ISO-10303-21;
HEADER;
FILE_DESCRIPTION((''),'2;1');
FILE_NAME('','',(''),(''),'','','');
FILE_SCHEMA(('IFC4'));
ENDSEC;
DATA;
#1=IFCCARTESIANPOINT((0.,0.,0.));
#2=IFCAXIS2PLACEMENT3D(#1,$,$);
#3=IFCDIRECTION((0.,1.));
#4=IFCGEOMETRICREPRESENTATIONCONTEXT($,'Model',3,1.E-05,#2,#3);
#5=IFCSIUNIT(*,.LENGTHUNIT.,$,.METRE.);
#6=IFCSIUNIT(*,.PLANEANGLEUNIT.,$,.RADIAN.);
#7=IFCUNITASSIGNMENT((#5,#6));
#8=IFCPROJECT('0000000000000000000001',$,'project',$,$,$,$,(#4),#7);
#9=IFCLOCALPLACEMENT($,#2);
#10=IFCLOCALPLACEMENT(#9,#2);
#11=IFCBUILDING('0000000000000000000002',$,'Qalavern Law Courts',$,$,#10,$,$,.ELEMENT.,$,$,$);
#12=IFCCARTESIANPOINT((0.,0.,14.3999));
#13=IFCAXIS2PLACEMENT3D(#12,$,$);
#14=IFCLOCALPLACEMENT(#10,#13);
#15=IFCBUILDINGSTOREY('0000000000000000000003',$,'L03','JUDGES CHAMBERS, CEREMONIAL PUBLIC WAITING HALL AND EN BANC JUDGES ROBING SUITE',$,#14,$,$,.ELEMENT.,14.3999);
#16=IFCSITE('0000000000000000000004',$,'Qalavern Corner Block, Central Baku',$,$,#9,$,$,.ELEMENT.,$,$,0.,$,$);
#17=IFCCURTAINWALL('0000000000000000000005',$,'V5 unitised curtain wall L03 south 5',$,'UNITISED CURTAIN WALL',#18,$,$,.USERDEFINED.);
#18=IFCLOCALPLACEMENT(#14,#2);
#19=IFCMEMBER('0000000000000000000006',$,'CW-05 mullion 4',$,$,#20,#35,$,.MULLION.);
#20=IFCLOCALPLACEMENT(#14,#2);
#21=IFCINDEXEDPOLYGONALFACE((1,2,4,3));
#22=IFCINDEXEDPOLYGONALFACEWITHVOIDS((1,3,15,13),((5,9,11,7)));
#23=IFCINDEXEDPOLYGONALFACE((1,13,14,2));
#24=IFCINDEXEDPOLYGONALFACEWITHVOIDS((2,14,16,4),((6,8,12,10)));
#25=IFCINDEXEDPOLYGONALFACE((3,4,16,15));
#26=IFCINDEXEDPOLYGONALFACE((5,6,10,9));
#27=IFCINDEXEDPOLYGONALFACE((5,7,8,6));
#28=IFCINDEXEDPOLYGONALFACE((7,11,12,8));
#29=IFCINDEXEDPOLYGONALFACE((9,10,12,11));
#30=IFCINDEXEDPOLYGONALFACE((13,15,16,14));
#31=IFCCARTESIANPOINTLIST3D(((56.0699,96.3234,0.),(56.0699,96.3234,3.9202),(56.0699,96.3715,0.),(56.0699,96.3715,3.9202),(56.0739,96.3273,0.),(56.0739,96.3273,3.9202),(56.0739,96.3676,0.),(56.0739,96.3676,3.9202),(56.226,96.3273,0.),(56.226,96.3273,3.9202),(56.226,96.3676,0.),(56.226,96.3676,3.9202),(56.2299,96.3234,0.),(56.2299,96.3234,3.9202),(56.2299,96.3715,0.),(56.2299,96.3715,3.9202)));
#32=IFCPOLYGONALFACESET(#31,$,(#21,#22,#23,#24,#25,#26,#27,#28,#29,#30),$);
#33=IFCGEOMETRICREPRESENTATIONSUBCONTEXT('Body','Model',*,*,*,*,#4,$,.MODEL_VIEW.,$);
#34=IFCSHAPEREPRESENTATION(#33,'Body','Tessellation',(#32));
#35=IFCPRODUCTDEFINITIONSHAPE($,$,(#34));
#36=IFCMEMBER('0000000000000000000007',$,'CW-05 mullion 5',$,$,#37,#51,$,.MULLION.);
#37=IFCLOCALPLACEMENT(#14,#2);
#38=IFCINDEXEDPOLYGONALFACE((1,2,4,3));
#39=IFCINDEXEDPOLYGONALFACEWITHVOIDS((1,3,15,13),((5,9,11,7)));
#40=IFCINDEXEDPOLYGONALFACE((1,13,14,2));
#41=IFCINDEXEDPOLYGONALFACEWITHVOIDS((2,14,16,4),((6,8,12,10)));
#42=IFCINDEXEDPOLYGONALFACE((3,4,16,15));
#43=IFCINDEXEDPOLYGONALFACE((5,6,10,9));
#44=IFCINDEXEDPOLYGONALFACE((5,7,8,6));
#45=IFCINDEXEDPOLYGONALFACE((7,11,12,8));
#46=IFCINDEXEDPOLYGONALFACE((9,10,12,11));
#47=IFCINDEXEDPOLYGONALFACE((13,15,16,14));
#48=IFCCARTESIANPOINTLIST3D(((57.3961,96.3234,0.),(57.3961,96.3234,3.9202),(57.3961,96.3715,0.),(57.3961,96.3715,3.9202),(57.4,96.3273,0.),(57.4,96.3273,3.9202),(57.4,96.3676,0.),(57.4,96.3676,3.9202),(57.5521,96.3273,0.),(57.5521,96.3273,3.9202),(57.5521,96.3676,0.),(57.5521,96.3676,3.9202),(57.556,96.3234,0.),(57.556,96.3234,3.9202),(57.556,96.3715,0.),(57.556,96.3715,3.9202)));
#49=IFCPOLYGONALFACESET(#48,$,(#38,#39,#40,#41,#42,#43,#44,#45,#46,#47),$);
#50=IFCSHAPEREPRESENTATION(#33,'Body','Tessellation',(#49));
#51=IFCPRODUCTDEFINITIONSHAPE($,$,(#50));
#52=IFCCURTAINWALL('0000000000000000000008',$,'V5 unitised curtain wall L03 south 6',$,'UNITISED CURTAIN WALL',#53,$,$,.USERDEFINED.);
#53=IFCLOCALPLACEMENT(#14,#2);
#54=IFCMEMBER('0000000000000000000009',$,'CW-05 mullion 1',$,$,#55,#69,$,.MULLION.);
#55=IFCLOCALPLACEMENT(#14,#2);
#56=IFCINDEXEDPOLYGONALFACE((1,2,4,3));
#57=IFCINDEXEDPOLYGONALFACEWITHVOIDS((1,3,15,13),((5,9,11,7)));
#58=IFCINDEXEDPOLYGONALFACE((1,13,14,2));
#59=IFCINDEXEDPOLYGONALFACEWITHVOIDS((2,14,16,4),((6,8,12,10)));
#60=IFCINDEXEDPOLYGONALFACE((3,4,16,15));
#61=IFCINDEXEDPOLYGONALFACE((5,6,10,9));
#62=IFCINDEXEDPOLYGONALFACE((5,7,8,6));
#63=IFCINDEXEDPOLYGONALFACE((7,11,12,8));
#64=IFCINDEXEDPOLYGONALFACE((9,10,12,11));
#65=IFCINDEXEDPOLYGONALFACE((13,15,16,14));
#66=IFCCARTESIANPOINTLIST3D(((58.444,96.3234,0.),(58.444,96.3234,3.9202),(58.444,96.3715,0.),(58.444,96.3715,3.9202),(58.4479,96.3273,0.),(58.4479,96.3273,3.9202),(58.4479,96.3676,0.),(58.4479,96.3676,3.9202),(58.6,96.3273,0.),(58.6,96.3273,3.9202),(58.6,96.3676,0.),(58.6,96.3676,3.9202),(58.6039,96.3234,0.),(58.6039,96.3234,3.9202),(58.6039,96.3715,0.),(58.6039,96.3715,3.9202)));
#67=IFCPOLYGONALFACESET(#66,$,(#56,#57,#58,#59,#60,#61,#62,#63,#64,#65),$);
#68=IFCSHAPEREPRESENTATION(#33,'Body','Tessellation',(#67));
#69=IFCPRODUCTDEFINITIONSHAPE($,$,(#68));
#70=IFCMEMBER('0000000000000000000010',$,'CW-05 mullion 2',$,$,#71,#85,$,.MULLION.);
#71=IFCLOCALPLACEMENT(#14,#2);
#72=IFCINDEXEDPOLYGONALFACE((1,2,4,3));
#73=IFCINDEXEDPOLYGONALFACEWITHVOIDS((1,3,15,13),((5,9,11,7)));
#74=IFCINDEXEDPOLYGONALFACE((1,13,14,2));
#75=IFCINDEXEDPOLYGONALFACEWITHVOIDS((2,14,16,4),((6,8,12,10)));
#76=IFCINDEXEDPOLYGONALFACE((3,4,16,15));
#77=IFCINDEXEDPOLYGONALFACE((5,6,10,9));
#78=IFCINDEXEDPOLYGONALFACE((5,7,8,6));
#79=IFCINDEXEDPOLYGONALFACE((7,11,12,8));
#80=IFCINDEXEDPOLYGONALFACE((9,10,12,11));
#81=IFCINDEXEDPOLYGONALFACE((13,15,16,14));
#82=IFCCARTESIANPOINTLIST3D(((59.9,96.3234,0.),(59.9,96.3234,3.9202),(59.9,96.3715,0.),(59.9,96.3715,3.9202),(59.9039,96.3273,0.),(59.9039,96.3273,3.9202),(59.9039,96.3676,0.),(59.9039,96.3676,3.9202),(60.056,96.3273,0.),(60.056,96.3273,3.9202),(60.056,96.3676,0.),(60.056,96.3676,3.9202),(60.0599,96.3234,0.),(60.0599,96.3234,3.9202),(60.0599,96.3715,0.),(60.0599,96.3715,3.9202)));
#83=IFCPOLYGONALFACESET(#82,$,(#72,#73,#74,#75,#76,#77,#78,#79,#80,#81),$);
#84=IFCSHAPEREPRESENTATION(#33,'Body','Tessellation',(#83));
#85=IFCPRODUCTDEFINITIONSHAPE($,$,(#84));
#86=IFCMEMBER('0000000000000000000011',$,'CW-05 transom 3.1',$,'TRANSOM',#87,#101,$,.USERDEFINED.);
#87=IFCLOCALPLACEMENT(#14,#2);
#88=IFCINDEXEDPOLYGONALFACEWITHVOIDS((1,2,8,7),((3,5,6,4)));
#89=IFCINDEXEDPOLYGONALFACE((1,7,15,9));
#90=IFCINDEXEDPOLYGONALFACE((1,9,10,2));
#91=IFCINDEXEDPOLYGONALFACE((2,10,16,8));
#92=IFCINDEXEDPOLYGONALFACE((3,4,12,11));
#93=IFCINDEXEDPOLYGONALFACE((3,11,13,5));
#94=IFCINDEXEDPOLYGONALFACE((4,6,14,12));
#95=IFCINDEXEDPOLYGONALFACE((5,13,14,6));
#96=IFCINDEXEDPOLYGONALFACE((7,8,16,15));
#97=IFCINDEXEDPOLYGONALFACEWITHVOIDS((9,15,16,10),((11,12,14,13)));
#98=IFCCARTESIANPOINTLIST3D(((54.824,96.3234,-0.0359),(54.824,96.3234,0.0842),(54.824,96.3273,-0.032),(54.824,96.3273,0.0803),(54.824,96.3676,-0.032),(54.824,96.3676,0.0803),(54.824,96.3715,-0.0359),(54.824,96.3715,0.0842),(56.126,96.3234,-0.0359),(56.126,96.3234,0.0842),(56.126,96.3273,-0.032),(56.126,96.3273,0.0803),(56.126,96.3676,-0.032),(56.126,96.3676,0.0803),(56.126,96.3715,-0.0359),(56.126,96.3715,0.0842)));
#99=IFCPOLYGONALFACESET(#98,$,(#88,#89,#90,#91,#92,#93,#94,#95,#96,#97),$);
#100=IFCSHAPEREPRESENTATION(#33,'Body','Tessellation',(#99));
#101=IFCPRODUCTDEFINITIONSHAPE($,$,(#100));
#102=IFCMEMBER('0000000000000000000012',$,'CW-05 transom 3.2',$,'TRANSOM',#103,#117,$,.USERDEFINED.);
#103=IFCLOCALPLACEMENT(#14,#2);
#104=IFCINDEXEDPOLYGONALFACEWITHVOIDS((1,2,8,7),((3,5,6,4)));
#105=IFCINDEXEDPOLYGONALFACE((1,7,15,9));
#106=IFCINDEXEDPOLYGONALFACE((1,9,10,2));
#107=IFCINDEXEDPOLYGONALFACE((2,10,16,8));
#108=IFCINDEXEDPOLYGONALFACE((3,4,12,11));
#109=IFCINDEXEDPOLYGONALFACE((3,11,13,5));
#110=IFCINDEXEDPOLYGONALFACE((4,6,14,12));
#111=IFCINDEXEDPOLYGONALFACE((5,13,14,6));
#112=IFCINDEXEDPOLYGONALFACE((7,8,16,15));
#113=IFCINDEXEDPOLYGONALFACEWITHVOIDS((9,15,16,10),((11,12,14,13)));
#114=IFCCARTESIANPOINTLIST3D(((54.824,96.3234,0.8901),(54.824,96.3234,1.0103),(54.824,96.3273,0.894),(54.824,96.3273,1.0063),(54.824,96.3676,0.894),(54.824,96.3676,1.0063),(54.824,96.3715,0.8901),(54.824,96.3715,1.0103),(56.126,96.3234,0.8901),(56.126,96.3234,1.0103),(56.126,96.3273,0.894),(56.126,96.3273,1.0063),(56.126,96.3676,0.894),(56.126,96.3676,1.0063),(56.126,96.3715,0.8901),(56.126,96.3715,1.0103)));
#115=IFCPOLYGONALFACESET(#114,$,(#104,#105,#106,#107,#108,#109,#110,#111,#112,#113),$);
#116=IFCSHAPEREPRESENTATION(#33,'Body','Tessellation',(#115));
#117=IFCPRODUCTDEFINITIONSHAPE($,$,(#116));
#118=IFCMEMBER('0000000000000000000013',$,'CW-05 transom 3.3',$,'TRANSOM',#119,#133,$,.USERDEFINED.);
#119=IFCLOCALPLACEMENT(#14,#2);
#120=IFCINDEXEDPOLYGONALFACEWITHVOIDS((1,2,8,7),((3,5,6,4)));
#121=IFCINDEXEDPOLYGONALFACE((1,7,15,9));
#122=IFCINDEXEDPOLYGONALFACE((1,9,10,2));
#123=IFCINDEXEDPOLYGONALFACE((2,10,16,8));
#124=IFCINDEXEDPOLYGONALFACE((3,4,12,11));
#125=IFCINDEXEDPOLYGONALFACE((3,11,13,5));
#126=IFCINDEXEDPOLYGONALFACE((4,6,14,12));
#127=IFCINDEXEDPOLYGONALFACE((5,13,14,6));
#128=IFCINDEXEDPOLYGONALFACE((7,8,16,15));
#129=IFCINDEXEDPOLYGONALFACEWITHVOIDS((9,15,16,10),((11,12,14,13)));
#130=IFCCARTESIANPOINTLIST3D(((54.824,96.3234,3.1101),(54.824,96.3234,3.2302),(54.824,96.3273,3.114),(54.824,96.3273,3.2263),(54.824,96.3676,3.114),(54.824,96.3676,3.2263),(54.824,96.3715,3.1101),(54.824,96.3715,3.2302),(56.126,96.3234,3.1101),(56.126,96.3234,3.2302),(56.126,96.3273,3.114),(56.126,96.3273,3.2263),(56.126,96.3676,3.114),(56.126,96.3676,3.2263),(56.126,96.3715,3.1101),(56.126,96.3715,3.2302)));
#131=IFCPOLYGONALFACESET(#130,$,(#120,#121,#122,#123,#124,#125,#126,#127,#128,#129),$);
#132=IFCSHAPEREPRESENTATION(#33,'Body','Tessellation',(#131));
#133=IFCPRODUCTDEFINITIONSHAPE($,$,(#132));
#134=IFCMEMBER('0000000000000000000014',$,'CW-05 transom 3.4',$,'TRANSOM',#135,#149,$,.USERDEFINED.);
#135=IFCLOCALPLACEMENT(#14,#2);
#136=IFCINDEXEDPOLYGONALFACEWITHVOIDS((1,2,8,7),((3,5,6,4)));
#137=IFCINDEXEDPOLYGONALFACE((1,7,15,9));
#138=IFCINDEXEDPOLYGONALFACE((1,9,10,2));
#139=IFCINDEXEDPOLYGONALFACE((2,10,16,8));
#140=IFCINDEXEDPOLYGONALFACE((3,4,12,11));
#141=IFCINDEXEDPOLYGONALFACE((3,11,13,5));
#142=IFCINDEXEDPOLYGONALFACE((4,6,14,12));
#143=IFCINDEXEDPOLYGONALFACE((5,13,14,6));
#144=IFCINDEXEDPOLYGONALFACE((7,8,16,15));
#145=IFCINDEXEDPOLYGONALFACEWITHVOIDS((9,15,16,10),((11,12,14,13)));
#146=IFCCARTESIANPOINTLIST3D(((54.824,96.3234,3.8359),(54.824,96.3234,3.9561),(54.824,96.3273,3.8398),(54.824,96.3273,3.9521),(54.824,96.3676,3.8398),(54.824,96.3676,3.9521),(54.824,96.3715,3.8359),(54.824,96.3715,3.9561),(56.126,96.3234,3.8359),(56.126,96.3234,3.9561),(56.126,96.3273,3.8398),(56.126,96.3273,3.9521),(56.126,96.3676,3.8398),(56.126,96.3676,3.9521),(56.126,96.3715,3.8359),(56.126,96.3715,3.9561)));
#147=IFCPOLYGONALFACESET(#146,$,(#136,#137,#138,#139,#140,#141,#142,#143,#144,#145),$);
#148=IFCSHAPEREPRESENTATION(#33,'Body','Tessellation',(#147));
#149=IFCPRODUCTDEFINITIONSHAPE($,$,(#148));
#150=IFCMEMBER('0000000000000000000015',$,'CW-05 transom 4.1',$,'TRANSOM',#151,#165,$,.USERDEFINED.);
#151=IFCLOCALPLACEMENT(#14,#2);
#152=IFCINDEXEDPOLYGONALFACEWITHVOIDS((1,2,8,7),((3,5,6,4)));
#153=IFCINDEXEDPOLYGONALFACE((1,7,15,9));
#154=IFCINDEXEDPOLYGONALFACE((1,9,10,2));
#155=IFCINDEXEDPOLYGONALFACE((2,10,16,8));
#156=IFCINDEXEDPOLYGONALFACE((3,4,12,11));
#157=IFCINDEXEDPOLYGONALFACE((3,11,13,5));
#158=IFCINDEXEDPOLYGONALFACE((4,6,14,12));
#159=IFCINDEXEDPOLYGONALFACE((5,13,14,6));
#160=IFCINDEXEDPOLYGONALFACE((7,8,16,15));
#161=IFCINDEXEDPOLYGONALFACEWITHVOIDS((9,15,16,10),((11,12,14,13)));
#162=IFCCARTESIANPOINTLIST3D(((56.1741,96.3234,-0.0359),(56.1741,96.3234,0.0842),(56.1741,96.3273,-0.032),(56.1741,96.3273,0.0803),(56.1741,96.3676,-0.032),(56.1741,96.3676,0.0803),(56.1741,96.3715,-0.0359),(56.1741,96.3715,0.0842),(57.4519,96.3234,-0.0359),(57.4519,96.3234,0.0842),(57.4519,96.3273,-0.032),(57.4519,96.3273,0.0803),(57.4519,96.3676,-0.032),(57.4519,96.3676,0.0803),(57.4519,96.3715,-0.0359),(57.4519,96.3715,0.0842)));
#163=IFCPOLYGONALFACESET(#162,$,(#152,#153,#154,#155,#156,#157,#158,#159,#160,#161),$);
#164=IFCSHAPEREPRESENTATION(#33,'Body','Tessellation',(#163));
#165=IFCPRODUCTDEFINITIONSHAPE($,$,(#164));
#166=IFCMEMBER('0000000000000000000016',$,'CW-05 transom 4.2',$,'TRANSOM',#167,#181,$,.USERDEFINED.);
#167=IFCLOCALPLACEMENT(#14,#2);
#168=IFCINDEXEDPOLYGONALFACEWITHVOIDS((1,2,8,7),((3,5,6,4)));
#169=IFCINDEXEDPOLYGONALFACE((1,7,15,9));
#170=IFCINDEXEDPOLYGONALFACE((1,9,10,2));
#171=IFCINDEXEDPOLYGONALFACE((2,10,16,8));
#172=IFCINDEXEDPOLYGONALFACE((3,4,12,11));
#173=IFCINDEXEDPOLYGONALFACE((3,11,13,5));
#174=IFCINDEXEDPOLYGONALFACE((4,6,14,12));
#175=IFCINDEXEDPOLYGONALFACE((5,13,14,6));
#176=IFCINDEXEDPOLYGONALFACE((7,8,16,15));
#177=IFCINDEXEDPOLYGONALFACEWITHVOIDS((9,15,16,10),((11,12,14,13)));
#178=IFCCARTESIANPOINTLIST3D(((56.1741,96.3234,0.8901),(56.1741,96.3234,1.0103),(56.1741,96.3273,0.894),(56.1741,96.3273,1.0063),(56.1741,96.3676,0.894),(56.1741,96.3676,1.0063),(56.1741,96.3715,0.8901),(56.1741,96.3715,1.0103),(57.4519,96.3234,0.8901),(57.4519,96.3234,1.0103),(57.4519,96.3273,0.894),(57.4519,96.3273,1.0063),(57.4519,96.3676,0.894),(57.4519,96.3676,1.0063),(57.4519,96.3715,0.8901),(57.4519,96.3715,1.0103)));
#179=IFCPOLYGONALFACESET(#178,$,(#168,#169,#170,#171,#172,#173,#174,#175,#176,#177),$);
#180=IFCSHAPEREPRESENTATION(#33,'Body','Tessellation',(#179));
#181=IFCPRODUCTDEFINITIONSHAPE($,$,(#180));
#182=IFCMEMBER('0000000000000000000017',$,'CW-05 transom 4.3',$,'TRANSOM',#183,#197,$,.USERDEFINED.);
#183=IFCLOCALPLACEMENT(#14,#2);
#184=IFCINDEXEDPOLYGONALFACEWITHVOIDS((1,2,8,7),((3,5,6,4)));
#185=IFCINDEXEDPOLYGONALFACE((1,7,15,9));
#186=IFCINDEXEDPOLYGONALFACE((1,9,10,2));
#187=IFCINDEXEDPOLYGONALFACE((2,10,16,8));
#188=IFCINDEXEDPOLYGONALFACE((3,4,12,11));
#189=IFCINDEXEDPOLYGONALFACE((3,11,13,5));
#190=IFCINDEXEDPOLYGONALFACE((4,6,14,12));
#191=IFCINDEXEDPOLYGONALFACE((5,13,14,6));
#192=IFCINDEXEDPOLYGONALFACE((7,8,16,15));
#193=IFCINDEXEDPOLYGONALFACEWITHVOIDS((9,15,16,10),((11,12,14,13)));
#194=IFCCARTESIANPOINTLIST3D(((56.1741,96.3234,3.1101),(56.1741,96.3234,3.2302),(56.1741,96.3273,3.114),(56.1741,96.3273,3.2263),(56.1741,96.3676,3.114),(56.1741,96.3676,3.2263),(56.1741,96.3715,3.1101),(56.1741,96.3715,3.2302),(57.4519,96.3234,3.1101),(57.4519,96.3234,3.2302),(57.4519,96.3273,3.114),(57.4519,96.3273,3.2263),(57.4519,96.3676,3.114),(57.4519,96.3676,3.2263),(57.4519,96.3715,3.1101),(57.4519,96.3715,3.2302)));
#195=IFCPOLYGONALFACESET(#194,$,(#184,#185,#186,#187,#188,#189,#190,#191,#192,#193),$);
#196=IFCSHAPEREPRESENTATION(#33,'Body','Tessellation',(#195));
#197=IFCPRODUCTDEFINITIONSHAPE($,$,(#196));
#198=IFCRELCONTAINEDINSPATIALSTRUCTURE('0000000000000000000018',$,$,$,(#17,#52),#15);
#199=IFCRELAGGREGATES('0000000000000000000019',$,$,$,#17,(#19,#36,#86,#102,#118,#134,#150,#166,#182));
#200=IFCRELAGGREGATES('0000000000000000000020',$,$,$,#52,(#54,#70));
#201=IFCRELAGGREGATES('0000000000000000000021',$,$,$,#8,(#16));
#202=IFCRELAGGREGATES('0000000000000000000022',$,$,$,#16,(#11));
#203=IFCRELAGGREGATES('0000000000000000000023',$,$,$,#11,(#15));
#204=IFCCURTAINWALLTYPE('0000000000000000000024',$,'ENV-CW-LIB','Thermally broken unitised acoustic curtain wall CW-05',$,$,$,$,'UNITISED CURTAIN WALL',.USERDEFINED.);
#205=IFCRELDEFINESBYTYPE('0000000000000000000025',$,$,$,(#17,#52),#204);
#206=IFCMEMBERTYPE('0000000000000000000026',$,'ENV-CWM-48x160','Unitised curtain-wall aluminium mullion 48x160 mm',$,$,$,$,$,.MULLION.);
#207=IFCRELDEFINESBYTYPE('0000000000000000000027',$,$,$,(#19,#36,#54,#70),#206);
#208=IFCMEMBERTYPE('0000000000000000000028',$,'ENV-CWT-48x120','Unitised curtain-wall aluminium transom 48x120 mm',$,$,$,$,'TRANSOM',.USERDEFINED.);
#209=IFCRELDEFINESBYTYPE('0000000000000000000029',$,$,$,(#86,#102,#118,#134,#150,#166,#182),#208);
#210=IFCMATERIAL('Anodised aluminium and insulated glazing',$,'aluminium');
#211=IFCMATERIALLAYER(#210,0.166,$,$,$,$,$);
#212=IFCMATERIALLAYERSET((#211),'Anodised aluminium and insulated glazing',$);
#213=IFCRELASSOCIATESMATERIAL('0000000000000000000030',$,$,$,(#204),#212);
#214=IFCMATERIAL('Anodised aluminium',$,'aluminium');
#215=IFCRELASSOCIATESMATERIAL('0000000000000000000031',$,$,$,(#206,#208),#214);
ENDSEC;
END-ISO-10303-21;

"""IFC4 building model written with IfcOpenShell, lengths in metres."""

from ifc_helpers import new_model, si_unit, direction, frame, origin, origin_2d, place, context, subcontext, project, spatial, hollow_rectangle, extrude, material, layer, layer_set, material_profile, profile_set, type_object, element, aggregate, save


model = new_model("IFC4")

# Units and contexts
model_context = context("Model", 3, precision=1e-05, world=origin(), true_north=direction((0.0, 1.0)))
body_context = subcontext(model_context, "Body", "Model", "MODEL_VIEW")
ifc_project = project(units=[si_unit("LENGTHUNIT", "METRE"), si_unit("PLANEANGLEUNIT", "RADIAN")], contexts=[model_context])

# Site, building, storey
site_placement = place(None, origin())
site = spatial("IfcSite", under=ifc_project, at=site_placement, Name="Qalavern Corner Block, Central Baku", CompositionType="ELEMENT", RefElevation=0.0)
building_placement = place(site_placement, origin())
building = spatial("IfcBuilding", under=site, at=building_placement, Name="Qalavern Law Courts", CompositionType="ELEMENT")
storey_placement = place(building_placement, frame((0.0, 0.0, 14.3999)))
storey = spatial("IfcBuildingStorey", under=building, at=storey_placement, Name="L03", Description="JUDGES CHAMBERS, CEREMONIAL PUBLIC WAITING HALL AND EN BANC JUDGES ROBING SUITE", CompositionType="ELEMENT", Elevation=14.3999)

# Curtain walls, members
ifc_material_1 = material(Name="Anodised aluminium and insulated glazing", Category="aluminium")
ifc_layer_1 = layer(ifc_material_1, 0.166)
ifc_layer_set_1 = layer_set([ifc_layer_1], Name="Anodised aluminium and insulated glazing")
curtain_wall_type = type_object("IfcCurtainWallType", Name="ENV-CW-LIB", Description="Thermally broken unitised acoustic curtain wall CW-05", ElementType="UNITISED CURTAIN WALL", PredefinedType="USERDEFINED", material=ifc_layer_set_1)
curtain_wall_1_placement = place(storey_placement, origin())
curtain_wall_1 = element("IfcCurtainWall", 1, at=curtain_wall_1_placement, inside=storey, type_object=curtain_wall_type, Name="V5 unitised curtain wall L03 south 5", ObjectType="UNITISED CURTAIN WALL", PredefinedType="USERDEFINED")
ifc_material_2 = material(Name="Anodised aluminium", Category="aluminium")
ifc_material_profile_1 = material_profile(ifc_material_2, hollow_rectangle(XDim=0.0481, YDim=0.1599, WallThickness=0.0039, at=origin_2d()), Name="ALU MULLION 48x160")
ifc_profile_set_1 = profile_set([ifc_material_profile_1], Name="Anodised aluminium")
member_type_1 = type_object("IfcMemberType", Name="ENV-CWM-48x160", Description="Unitised curtain-wall aluminium mullion 48x160 mm", PredefinedType="MULLION", material=ifc_profile_set_1)
member_1_placement = place(storey_placement, frame((56.1499, 96.3474, 0.0), z_axis=(0.0, 0.0, 1.0), x_axis=(0.0, 1.0, 0.0)))
member_1 = element("IfcMember", 2, at=member_1_placement, type_object=member_type_1, Name="CW-05 mullion 4", PredefinedType="MULLION", context=body_context, shape_type="SweptSolid", body=[
    extrude(hollow_rectangle(XDim=0.0481, YDim=0.1599, WallThickness=0.0039, at=origin_2d()), origin(), (0.0, 0.0, 1.0), 3.9202),
])
member_2_placement = place(storey_placement, frame((57.4761, 96.3474, 0.0), z_axis=(0.0, 0.0, 1.0), x_axis=(0.0, 1.0, 0.0)))
member_2 = element("IfcMember", 3, at=member_2_placement, type_object=member_type_1, Name="CW-05 mullion 5", PredefinedType="MULLION", context=body_context, shape_type="SweptSolid", body=[
    extrude(hollow_rectangle(XDim=0.0481, YDim=0.1599, WallThickness=0.0039, at=origin_2d()), origin(), (0.0, 0.0, 1.0), 3.9202),
])
curtain_wall_2_placement = place(storey_placement, origin())
curtain_wall_2 = element("IfcCurtainWall", 4, at=curtain_wall_2_placement, inside=storey, type_object=curtain_wall_type, Name="V5 unitised curtain wall L03 south 6", ObjectType="UNITISED CURTAIN WALL", PredefinedType="USERDEFINED")
member_3_placement = place(storey_placement, frame((58.5239, 96.3474, 0.0), z_axis=(0.0, 0.0, 1.0), x_axis=(0.0, 1.0, 0.0)))
member_3 = element("IfcMember", 5, at=member_3_placement, type_object=member_type_1, Name="CW-05 mullion 1", PredefinedType="MULLION", context=body_context, shape_type="SweptSolid", body=[
    extrude(hollow_rectangle(XDim=0.0481, YDim=0.1599, WallThickness=0.0039, at=origin_2d()), origin(), (0.0, 0.0, 1.0), 3.9202),
])
member_4_placement = place(storey_placement, frame((59.98, 96.3474, 0.0), z_axis=(0.0, 0.0, 1.0), x_axis=(0.0, 1.0, 0.0)))
member_4 = element("IfcMember", 6, at=member_4_placement, type_object=member_type_1, Name="CW-05 mullion 2", PredefinedType="MULLION", context=body_context, shape_type="SweptSolid", body=[
    extrude(hollow_rectangle(XDim=0.0481, YDim=0.1599, WallThickness=0.0039, at=origin_2d()), origin(), (0.0, 0.0, 1.0), 3.9202),
])

# Members
ifc_material_profile_2 = material_profile(ifc_material_2, hollow_rectangle(XDim=0.0481, YDim=0.1201, WallThickness=0.0039, at=origin_2d()), Name="ALU TRANSOM 48x120")
ifc_profile_set_2 = profile_set([ifc_material_profile_2], Name="Anodised aluminium")
member_type_2 = type_object("IfcMemberType", Name="ENV-CWT-48x120", Description="Unitised curtain-wall aluminium transom 48x120 mm", ElementType="TRANSOM", PredefinedType="USERDEFINED", material=ifc_profile_set_2)
member_5_placement = place(storey_placement, frame((54.824, 96.3474, 0.0242), z_axis=(1.0, 0.0, 0.0), x_axis=(0.0, 1.0, 0.0)))
member_5 = element("IfcMember", 7, at=member_5_placement, type_object=member_type_2, Name="CW-05 transom 3.1", ObjectType="TRANSOM", PredefinedType="USERDEFINED", context=body_context, shape_type="SweptSolid", body=[
    extrude(hollow_rectangle(XDim=0.0481, YDim=0.1201, WallThickness=0.0039, at=origin_2d()), origin(), (0.0, 0.0, 1.0), 1.302),
])
member_6_placement = place(storey_placement, frame((54.824, 96.3474, 0.9502), z_axis=(1.0, 0.0, 0.0), x_axis=(0.0, 1.0, 0.0)))
member_6 = element("IfcMember", 8, at=member_6_placement, type_object=member_type_2, Name="CW-05 transom 3.2", ObjectType="TRANSOM", PredefinedType="USERDEFINED", context=body_context, shape_type="SweptSolid", body=[
    extrude(hollow_rectangle(XDim=0.0481, YDim=0.1201, WallThickness=0.0039, at=origin_2d()), origin(), (0.0, 0.0, 1.0), 1.302),
])
member_7_placement = place(storey_placement, frame((54.824, 96.3474, 3.1702), z_axis=(1.0, 0.0, 0.0), x_axis=(0.0, 1.0, 0.0)))
member_7 = element("IfcMember", 9, at=member_7_placement, type_object=member_type_2, Name="CW-05 transom 3.3", ObjectType="TRANSOM", PredefinedType="USERDEFINED", context=body_context, shape_type="SweptSolid", body=[
    extrude(hollow_rectangle(XDim=0.0481, YDim=0.1201, WallThickness=0.0039, at=origin_2d()), origin(), (0.0, 0.0, 1.0), 1.302),
])
member_8_placement = place(storey_placement, frame((54.824, 96.3474, 3.896), z_axis=(1.0, 0.0, 0.0), x_axis=(0.0, 1.0, 0.0)))
member_8 = element("IfcMember", 10, at=member_8_placement, type_object=member_type_2, Name="CW-05 transom 3.4", ObjectType="TRANSOM", PredefinedType="USERDEFINED", context=body_context, shape_type="SweptSolid", body=[
    extrude(hollow_rectangle(XDim=0.0481, YDim=0.1201, WallThickness=0.0039, at=origin_2d()), origin(), (0.0, 0.0, 1.0), 1.302),
])
member_9_placement = place(storey_placement, frame((56.1741, 96.3474, 0.0242), z_axis=(1.0, 0.0, 0.0), x_axis=(0.0, 1.0, 0.0)))
member_9 = element("IfcMember", 11, at=member_9_placement, type_object=member_type_2, Name="CW-05 transom 4.1", ObjectType="TRANSOM", PredefinedType="USERDEFINED", context=body_context, shape_type="SweptSolid", body=[
    extrude(hollow_rectangle(XDim=0.0481, YDim=0.1201, WallThickness=0.0039, at=origin_2d()), origin(), (0.0, 0.0, 1.0), 1.2778),
])
member_10_placement = place(storey_placement, frame((56.1741, 96.3474, 0.9502), z_axis=(1.0, 0.0, 0.0), x_axis=(0.0, 1.0, 0.0)))
member_10 = element("IfcMember", 12, at=member_10_placement, type_object=member_type_2, Name="CW-05 transom 4.2", ObjectType="TRANSOM", PredefinedType="USERDEFINED", context=body_context, shape_type="SweptSolid", body=[
    extrude(hollow_rectangle(XDim=0.0481, YDim=0.1201, WallThickness=0.0039, at=origin_2d()), origin(), (0.0, 0.0, 1.0), 1.2778),
])
member_11_placement = place(storey_placement, frame((56.1741, 96.3474, 3.1702), z_axis=(1.0, 0.0, 0.0), x_axis=(0.0, 1.0, 0.0)))
member_11 = element("IfcMember", 13, at=member_11_placement, type_object=member_type_2, Name="CW-05 transom 4.3", ObjectType="TRANSOM", PredefinedType="USERDEFINED", context=body_context, shape_type="SweptSolid", body=[
    extrude(hollow_rectangle(XDim=0.0481, YDim=0.1201, WallThickness=0.0039, at=origin_2d()), origin(), (0.0, 0.0, 1.0), 1.2778),
])

aggregate(curtain_wall_1, [member_1, member_2, member_5, member_6, member_7, member_8, member_9, member_10, member_11])
aggregate(curtain_wall_2, [member_3, member_4])

save(model, "model.ifc")
